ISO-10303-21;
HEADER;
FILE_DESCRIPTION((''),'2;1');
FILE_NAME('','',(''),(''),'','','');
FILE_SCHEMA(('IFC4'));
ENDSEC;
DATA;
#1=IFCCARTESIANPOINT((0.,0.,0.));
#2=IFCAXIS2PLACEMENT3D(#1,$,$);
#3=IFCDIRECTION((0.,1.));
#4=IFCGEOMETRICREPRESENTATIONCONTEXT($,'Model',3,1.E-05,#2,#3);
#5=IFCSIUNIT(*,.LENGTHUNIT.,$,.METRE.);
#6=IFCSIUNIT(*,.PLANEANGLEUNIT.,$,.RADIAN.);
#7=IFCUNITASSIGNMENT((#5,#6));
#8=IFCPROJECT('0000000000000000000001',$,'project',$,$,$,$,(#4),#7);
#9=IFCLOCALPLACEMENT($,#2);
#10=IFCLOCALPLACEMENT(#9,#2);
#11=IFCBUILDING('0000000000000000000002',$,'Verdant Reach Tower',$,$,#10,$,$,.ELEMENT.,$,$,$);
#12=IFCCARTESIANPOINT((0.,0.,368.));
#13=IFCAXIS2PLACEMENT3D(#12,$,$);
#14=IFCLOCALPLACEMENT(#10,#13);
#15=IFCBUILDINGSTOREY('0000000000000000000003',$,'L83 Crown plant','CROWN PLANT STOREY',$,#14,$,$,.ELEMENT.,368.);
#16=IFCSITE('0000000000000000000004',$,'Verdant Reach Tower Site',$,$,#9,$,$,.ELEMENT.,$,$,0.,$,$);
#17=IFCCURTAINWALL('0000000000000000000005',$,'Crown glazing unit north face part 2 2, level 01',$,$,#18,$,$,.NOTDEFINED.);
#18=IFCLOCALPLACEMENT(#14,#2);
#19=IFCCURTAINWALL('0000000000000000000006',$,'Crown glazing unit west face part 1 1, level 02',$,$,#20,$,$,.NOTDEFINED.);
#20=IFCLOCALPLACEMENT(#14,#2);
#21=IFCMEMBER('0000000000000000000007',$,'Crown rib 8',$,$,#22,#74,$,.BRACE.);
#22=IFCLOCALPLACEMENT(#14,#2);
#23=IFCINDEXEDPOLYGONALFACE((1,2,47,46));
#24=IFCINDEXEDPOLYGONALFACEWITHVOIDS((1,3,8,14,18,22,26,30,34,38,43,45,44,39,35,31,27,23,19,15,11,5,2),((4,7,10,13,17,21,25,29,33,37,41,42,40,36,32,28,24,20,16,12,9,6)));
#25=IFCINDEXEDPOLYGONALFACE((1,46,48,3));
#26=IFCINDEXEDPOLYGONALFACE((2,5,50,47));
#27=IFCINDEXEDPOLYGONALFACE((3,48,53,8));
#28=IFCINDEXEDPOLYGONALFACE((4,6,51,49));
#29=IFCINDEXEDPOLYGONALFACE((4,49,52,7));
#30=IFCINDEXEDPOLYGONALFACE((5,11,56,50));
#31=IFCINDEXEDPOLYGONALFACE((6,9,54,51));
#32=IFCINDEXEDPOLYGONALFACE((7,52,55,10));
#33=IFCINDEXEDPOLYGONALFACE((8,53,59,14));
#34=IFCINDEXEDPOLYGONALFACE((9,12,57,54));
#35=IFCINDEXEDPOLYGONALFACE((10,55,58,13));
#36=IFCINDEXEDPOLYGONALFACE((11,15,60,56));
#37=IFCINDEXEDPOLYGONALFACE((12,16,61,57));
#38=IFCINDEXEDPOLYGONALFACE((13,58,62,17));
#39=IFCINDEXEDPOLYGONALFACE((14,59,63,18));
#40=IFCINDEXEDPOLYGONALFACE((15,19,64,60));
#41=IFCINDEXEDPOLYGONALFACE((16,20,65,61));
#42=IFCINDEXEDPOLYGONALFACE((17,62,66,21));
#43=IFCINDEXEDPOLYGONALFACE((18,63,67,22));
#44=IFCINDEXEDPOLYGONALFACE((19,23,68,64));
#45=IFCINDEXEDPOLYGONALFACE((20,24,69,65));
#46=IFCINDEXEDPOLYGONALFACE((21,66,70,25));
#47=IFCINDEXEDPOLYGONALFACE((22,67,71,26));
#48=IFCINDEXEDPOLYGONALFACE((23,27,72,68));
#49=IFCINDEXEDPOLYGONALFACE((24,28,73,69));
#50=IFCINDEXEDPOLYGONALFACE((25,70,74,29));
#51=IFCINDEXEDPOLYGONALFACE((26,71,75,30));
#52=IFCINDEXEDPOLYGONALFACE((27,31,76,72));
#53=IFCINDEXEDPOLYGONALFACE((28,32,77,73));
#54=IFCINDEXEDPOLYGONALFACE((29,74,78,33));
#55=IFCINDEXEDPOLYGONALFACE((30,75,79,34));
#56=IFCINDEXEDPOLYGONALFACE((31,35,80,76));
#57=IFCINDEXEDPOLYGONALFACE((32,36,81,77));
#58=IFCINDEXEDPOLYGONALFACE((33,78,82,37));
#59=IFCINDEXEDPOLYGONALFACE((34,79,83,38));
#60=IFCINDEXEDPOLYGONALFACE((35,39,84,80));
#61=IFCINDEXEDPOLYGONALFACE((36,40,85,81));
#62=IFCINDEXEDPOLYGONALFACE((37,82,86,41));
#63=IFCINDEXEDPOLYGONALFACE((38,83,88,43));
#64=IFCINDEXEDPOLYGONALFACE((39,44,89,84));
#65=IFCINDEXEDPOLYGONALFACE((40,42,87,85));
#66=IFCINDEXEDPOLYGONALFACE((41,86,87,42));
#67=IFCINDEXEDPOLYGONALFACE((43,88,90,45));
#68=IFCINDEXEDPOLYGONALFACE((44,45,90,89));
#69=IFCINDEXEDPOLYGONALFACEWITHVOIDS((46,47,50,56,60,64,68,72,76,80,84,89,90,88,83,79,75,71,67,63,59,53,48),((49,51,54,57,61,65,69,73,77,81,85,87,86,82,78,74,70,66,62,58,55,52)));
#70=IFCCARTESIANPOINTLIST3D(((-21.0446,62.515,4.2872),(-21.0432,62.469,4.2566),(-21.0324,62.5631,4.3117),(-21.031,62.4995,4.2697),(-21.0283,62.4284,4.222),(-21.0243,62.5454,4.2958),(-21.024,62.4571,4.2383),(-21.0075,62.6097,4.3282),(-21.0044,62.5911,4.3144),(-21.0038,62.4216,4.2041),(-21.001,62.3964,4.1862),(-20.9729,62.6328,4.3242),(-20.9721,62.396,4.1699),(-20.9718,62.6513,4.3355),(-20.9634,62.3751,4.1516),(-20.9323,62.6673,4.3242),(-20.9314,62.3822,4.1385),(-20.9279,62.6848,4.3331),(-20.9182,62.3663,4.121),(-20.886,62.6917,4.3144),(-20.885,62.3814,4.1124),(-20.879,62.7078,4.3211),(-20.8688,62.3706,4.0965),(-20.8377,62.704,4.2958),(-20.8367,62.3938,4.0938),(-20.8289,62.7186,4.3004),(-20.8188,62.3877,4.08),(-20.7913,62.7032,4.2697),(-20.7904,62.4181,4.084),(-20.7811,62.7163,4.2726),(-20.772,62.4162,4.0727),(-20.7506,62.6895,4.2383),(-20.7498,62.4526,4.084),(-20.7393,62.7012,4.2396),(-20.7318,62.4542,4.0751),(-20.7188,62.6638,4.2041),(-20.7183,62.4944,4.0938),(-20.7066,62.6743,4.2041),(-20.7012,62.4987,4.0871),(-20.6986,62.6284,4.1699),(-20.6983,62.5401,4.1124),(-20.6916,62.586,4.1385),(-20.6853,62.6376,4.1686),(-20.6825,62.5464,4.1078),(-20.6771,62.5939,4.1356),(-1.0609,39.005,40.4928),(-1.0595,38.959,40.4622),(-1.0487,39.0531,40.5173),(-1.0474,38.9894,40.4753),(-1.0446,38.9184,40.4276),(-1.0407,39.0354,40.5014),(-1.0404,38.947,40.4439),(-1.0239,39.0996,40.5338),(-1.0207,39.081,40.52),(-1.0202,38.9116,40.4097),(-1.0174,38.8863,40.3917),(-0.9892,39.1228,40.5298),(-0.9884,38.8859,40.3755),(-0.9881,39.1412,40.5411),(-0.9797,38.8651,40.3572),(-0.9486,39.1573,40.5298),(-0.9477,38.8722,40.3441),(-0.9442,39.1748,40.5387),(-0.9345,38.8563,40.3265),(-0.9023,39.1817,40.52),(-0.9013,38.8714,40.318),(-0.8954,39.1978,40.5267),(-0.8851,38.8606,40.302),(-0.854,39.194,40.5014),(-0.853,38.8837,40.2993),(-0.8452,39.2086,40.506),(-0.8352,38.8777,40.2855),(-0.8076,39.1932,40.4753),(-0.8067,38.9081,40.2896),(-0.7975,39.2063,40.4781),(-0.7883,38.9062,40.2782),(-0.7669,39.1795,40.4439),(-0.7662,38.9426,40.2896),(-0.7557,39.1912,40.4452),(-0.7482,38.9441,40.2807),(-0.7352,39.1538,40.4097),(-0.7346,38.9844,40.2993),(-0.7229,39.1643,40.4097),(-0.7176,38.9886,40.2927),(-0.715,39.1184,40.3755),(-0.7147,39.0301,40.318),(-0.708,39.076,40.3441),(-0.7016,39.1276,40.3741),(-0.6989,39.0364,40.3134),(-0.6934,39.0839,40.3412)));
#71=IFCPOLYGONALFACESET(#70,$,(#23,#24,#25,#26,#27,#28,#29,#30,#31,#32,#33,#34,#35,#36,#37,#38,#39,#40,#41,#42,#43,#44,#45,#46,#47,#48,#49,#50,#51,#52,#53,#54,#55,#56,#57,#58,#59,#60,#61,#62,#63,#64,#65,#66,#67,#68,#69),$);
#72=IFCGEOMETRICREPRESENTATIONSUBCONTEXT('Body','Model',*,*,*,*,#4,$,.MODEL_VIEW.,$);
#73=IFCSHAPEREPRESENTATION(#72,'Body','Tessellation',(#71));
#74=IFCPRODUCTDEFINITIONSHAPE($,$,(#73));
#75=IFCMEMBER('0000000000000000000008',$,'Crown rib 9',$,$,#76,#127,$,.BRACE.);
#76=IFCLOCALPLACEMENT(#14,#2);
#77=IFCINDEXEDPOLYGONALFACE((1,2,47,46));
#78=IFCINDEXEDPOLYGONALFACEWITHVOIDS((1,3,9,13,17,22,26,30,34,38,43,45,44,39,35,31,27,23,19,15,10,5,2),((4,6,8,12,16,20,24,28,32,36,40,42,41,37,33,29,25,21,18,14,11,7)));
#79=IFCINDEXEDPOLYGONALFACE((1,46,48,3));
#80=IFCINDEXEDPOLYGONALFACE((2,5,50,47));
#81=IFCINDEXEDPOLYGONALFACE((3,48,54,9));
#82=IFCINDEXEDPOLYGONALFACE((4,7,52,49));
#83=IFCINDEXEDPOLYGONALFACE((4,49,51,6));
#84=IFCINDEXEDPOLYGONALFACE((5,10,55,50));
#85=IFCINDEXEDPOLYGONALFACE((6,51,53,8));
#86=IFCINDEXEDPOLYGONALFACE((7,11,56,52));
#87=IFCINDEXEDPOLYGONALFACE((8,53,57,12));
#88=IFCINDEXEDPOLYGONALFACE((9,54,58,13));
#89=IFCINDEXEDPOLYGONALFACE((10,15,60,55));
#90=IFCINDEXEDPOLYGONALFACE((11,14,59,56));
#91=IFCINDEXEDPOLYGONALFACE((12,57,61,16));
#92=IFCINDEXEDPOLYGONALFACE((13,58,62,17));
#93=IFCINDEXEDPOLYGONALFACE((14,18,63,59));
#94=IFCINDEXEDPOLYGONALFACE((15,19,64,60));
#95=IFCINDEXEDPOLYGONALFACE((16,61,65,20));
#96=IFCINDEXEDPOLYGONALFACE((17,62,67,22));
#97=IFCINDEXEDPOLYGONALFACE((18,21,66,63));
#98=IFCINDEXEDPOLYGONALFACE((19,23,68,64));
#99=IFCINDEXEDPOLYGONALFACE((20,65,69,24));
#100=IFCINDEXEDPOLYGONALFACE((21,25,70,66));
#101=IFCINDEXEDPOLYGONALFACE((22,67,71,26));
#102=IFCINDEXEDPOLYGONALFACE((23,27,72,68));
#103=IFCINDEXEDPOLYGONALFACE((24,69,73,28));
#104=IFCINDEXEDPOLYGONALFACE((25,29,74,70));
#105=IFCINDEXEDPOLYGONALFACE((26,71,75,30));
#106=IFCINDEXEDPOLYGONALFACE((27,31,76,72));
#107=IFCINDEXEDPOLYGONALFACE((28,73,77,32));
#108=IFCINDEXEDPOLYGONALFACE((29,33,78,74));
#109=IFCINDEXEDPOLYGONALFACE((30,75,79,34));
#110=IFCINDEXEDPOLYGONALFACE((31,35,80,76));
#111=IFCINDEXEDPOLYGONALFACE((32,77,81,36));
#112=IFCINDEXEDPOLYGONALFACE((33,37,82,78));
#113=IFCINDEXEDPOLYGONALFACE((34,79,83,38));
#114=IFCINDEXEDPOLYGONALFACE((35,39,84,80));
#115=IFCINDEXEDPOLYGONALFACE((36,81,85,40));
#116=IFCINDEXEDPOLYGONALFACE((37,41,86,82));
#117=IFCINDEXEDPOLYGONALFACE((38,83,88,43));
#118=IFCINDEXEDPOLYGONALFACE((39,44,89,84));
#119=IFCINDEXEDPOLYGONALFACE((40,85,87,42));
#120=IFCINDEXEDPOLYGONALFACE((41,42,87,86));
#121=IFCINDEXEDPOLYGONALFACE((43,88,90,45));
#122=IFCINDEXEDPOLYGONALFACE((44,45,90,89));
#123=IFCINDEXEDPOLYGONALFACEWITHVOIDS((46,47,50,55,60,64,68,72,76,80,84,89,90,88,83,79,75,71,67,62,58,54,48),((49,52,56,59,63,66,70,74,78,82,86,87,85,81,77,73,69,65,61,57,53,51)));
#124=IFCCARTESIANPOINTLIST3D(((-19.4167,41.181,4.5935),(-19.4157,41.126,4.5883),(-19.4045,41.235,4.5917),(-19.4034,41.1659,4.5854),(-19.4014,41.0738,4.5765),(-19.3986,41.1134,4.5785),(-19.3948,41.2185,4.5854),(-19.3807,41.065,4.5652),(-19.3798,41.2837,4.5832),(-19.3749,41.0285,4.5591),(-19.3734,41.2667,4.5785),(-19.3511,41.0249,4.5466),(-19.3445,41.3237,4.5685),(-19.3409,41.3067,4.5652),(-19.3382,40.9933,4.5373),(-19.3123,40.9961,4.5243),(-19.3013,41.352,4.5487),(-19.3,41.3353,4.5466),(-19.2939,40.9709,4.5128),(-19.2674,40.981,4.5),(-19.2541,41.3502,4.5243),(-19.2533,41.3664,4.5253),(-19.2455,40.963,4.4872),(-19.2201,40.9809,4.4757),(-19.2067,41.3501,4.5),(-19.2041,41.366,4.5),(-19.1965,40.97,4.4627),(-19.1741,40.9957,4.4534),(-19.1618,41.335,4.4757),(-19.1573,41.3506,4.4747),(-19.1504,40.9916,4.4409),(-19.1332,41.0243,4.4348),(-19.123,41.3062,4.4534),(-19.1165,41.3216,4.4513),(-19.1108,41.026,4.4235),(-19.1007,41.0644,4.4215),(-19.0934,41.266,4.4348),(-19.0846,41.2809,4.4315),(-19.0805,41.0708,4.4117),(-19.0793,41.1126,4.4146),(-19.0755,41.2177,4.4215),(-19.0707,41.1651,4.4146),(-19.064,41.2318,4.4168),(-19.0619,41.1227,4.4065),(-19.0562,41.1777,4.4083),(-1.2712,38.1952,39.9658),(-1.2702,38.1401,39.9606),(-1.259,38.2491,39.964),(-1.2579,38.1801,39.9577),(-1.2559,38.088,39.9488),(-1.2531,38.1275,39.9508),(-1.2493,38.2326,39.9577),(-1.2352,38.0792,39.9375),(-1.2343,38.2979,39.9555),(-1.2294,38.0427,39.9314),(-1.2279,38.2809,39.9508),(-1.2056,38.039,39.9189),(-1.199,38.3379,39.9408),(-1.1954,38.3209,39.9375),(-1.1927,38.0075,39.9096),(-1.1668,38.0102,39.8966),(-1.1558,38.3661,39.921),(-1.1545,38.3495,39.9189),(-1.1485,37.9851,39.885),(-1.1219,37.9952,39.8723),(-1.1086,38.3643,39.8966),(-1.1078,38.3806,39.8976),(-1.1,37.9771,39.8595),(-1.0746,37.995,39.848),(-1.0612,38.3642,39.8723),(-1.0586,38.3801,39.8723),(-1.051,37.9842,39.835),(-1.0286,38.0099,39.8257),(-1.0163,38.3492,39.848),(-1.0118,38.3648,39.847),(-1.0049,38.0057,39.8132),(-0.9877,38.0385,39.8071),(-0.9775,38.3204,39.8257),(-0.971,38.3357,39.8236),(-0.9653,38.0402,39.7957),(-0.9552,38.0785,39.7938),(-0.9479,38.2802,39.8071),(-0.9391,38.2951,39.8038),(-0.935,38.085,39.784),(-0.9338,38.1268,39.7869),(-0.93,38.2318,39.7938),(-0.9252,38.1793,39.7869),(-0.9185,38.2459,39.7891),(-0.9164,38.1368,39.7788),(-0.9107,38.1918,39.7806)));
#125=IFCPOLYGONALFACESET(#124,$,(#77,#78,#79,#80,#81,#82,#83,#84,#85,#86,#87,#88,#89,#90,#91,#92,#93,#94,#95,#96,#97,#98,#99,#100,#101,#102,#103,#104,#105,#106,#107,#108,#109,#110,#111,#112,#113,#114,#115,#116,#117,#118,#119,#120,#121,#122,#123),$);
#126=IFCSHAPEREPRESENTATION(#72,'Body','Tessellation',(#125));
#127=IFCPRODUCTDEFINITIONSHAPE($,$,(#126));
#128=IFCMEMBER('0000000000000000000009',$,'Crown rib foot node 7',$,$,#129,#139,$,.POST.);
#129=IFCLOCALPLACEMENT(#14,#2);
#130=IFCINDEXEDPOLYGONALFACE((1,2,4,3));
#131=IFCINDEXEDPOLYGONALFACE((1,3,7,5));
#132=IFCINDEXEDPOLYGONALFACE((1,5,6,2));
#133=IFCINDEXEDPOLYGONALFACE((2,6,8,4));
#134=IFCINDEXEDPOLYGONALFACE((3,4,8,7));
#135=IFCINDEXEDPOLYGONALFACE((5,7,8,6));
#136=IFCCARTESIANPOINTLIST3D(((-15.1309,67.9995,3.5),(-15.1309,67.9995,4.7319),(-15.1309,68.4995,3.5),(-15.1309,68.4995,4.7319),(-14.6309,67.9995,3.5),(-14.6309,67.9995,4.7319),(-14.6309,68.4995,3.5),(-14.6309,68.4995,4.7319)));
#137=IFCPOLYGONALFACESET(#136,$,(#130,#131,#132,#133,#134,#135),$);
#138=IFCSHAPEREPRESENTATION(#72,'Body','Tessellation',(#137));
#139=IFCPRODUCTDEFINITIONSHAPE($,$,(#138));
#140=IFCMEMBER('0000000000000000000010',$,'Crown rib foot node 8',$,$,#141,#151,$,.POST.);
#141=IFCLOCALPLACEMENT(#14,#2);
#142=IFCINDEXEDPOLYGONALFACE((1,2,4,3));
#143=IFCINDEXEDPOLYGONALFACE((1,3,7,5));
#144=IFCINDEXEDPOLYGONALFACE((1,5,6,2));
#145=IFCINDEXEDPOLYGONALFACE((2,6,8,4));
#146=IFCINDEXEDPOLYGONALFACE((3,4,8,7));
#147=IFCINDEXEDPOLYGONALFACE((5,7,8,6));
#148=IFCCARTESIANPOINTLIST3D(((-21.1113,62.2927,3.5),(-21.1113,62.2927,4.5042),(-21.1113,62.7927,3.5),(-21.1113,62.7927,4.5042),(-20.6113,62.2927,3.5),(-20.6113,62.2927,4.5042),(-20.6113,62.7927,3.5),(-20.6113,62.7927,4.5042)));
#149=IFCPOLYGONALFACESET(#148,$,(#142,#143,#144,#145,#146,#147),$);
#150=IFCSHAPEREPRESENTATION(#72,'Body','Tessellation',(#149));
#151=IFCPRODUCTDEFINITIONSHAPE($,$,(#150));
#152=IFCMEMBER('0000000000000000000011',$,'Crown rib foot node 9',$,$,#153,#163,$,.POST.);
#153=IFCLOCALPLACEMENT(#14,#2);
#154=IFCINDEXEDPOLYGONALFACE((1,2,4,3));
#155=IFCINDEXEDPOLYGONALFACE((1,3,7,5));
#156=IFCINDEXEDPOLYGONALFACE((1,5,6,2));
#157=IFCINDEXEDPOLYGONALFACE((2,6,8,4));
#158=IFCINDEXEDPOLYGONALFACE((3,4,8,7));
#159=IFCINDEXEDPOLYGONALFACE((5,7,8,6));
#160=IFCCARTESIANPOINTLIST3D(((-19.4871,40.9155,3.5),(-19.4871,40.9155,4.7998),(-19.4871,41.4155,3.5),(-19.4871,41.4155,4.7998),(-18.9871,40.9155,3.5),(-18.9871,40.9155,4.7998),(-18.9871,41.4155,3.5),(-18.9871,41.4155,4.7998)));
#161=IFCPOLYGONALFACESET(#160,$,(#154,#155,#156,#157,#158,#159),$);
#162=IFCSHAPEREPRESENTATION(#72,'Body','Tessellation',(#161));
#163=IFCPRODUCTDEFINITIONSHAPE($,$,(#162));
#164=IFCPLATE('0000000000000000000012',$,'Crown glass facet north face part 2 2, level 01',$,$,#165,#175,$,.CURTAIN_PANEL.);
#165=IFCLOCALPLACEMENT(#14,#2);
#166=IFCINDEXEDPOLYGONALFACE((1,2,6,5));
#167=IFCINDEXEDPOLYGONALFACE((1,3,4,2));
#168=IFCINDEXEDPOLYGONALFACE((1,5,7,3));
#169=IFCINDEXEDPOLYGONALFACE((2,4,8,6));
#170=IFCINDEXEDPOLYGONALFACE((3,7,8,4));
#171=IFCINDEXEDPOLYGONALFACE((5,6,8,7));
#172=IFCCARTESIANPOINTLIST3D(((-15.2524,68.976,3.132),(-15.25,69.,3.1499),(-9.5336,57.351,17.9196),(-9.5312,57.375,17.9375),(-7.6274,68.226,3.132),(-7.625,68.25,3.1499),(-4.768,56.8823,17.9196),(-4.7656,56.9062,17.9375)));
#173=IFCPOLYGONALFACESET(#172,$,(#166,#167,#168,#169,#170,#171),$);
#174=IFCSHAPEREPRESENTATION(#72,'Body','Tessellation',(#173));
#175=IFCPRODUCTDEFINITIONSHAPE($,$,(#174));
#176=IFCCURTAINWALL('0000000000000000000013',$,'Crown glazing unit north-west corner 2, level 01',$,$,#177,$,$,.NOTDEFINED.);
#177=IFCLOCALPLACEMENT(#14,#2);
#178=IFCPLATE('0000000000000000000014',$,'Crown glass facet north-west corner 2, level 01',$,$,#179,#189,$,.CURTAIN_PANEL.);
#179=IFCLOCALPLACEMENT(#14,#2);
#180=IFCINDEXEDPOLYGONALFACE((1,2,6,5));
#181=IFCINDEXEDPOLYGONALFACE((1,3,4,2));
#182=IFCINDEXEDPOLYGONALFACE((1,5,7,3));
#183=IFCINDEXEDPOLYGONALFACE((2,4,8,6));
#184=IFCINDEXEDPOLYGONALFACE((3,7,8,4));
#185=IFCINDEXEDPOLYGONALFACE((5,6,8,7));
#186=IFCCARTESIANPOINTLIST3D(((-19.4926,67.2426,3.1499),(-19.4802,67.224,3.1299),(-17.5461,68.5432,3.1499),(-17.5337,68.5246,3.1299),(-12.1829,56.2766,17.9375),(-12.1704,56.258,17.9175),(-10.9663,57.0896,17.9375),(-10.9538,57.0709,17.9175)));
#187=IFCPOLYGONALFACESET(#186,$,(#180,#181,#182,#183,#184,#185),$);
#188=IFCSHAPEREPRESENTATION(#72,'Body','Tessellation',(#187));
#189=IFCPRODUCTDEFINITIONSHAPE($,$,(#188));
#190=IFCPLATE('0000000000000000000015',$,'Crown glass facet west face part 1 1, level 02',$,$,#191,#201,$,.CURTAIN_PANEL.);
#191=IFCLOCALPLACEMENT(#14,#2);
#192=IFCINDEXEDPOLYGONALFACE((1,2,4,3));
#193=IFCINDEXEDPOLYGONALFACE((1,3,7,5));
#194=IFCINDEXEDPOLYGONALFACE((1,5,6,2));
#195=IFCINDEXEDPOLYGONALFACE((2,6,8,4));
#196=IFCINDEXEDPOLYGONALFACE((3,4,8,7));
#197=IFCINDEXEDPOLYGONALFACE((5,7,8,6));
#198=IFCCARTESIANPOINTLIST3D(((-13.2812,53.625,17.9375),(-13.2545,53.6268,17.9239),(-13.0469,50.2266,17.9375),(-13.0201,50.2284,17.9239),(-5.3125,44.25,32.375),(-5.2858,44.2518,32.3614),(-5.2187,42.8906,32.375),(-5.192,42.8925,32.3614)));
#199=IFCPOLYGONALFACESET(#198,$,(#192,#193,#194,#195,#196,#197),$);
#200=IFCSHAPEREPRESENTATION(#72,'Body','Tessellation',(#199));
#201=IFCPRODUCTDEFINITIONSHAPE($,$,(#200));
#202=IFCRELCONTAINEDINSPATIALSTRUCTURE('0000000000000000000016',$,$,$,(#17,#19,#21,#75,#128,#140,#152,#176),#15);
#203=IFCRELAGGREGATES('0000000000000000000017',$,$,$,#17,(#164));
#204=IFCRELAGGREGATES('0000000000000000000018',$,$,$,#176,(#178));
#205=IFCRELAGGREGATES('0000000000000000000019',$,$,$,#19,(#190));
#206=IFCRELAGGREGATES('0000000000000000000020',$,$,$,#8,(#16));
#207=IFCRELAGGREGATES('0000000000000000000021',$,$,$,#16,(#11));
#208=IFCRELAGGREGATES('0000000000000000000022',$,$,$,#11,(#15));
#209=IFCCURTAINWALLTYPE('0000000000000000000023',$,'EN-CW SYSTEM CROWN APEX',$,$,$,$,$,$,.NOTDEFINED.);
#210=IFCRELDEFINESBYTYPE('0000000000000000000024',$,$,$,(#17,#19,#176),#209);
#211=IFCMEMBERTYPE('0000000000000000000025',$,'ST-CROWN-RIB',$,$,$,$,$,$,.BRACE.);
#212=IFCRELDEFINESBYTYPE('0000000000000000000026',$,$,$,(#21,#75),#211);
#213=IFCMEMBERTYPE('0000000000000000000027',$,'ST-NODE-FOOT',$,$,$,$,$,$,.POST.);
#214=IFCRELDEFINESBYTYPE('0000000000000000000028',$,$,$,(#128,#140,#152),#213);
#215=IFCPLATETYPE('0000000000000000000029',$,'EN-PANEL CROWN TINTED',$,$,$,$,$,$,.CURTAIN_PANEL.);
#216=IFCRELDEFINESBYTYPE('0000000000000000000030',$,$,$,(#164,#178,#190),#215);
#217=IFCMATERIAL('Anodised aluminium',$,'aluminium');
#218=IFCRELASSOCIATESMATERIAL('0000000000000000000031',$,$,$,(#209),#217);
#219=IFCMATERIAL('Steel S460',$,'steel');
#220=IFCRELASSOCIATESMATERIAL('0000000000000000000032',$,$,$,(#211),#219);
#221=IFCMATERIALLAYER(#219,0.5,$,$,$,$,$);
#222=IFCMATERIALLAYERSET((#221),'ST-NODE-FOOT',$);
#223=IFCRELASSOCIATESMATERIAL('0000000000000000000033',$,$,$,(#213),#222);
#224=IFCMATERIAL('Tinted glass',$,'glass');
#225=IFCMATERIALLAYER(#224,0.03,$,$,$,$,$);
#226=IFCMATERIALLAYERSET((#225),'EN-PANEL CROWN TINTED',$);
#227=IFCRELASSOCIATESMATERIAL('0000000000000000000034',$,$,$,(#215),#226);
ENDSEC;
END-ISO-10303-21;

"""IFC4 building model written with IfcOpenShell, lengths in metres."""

from ifc_helpers import new_model, si_unit, direction, frame, origin, origin_2d, place, context, subcontext, project, spatial, polyline, rectangle, hollow_circle, outline, extrude, material, layer, layer_set, material_profile, profile_set, type_object, element, aggregate, save


model = new_model("IFC4")

# Units and contexts
model_context = context("Model", 3, precision=1e-05, world=origin(), true_north=direction((0.0, 1.0)))
body_context = subcontext(model_context, "Body", "Model", "MODEL_VIEW")
ifc_project = project(units=[si_unit("LENGTHUNIT", "METRE"), si_unit("PLANEANGLEUNIT", "RADIAN")], contexts=[model_context])

# Site, building, storey
site_placement = place(None, origin())
site = spatial("IfcSite", under=ifc_project, at=site_placement, Name="Verdant Reach Tower Site", CompositionType="ELEMENT", RefElevation=0.0)
building_placement = place(site_placement, origin())
building = spatial("IfcBuilding", under=site, at=building_placement, Name="Verdant Reach Tower", CompositionType="ELEMENT")
storey_placement = place(building_placement, frame((0.0, 0.0, 368.0)))
storey = spatial("IfcBuildingStorey", under=building, at=storey_placement, Name="L83 Crown plant", Description="CROWN PLANT STOREY", CompositionType="ELEMENT", Elevation=368.0)

# Curtain walls
ifc_material_1 = material(Name="Anodised aluminium", Category="aluminium")
curtain_wall_type = type_object("IfcCurtainWallType", Name="EN-CW SYSTEM CROWN APEX", PredefinedType="NOTDEFINED", material=ifc_material_1)
curtain_wall_1_placement = place(storey_placement, origin())
curtain_wall_1 = element("IfcCurtainWall", 1, at=curtain_wall_1_placement, inside=storey, type_object=curtain_wall_type, Name="Crown glazing unit north face part 2 2, level 01", PredefinedType="NOTDEFINED")
curtain_wall_2_placement = place(storey_placement, origin())
curtain_wall_2 = element("IfcCurtainWall", 2, at=curtain_wall_2_placement, inside=storey, type_object=curtain_wall_type, Name="Crown glazing unit west face part 1 1, level 02", PredefinedType="NOTDEFINED")

# Members
ifc_material_2 = material(Name="Steel S460", Category="steel")
ifc_material_profile_1 = material_profile(ifc_material_2, hollow_circle(Radius=0.2031, WallThickness=0.0161, at=origin_2d()), Name="CHS 406.4x16")
ifc_profile_set_1 = profile_set([ifc_material_profile_1], Name="Steel S460")
member_type_1 = type_object("IfcMemberType", Name="ST-CROWN-RIB", PredefinedType="BRACE", material=ifc_profile_set_1)
member_1_placement = place(storey_placement, frame((-20.8613, 62.5427, 4.2041), z_axis=(0.420089, -0.494219, 0.7611), x_axis=(0.761937, 0.647651, 0.0)))
element("IfcMember", 3, at=member_1_placement, inside=storey, type_object=member_type_1, Name="Crown rib 8", PredefinedType="BRACE", context=body_context, shape_type="SweptSolid", body=[
    extrude(hollow_circle(Radius=0.2031, WallThickness=0.0161, at=origin_2d()), origin(), (0.0, 0.0, 1.0), 47.5701),
])
member_2_placement = place(storey_placement, frame((-19.2371, 41.1655, 4.5), z_axis=(0.455151, -0.074895, 0.887259), x_axis=(0.162366, 0.986731, 0.0)))
element("IfcMember", 4, at=member_2_placement, inside=storey, type_object=member_type_1, Name="Crown rib 9", PredefinedType="BRACE", context=body_context, shape_type="SweptSolid", body=[
    extrude(hollow_circle(Radius=0.2031, WallThickness=0.0161, at=origin_2d()), origin(), (0.0, 0.0, 1.0), 39.8669),
])
ifc_layer_1 = layer(ifc_material_2, 0.5)
ifc_layer_set_1 = layer_set([ifc_layer_1], Name="ST-NODE-FOOT")
member_type_2 = type_object("IfcMemberType", Name="ST-NODE-FOOT", PredefinedType="POST", material=ifc_layer_set_1)
member_3_placement = place(storey_placement, frame((-14.8809, 68.2495, 3.5), z_axis=(0.0, 0.0, 1.0), x_axis=(1.0, 0.0, 0.0)))
element("IfcMember", 5, at=member_3_placement, inside=storey, type_object=member_type_2, Name="Crown rib foot node 7", PredefinedType="POST", context=body_context, shape_type="SweptSolid", body=[
    extrude(rectangle(XDim=0.5, YDim=0.5, at=origin_2d()), origin(), (0.0, 0.0, 1.0), 1.2319),
])
member_4_placement = place(storey_placement, frame((-20.8613, 62.5427, 3.5), z_axis=(0.0, 0.0, 1.0), x_axis=(1.0, 0.0, 0.0)))
element("IfcMember", 6, at=member_4_placement, inside=storey, type_object=member_type_2, Name="Crown rib foot node 8", PredefinedType="POST", context=body_context, shape_type="SweptSolid", body=[
    extrude(rectangle(XDim=0.5, YDim=0.5, at=origin_2d()), origin(), (0.0, 0.0, 1.0), 1.0042),
])
member_5_placement = place(storey_placement, frame((-19.2371, 41.1655, 3.5), z_axis=(0.0, 0.0, 1.0), x_axis=(1.0, 0.0, 0.0)))
element("IfcMember", 7, at=member_5_placement, inside=storey, type_object=member_type_2, Name="Crown rib foot node 9", PredefinedType="POST", context=body_context, shape_type="SweptSolid", body=[
    extrude(rectangle(XDim=0.5, YDim=0.5, at=origin_2d()), origin(), (0.0, 0.0, 1.0), 1.2998),
])

# Plate
ifc_material_3 = material(Name="Tinted glass", Category="glass")
ifc_layer_2 = layer(ifc_material_3, 0.03)
ifc_layer_set_2 = layer_set([ifc_layer_2], Name="EN-PANEL CROWN TINTED")
plate_type = type_object("IfcPlateType", Name="EN-PANEL CROWN TINTED", PredefinedType="CURTAIN_PANEL", material=ifc_layer_set_2)
plate_1_placement = place(storey_placement, frame((-7.625, 68.25, 3.1499), z_axis=(0.078517, 0.79826, 0.597173), x_axis=(-0.995197, 0.097888, 0.0)))
plate_1 = element("IfcPlate", 8, at=plate_1_placement, type_object=plate_type, Name="Crown glass facet north face part 2 2, level 01", PredefinedType="CURTAIN_PANEL", context=body_context, shape_type="SweptSolid", body=[
    extrude(outline(polyline([(0.0, 0.0), (7.6618, 0.0), (0.8326, 18.4358), (-3.9561, 18.4358), (0.0, 0.0)])), origin(), (0.0, 0.0, -1.0), 0.03),
])
aggregate(curtain_wall_1, [plate_1])

# Curtain wall, plate
curtain_wall_3_placement = place(storey_placement, origin())
curtain_wall_3 = element("IfcCurtainWall", 9, at=curtain_wall_3_placement, inside=storey, type_object=curtain_wall_type, Name="Crown glazing unit north-west corner 2, level 01", PredefinedType="NOTDEFINED")
plate_2_placement = place(storey_placement, frame((-17.5461, 68.5432, 3.1499), z_axis=(-0.414761, 0.620728, 0.665335), x_axis=(-0.831477, -0.55556, -0.000019)))
plate_2 = element("IfcPlate", 10, at=plate_2_placement, type_object=plate_type, Name="Crown glass facet north-west corner 2, level 01", PredefinedType="CURTAIN_PANEL", context=body_context, shape_type="SweptSolid", body=[
    extrude(outline(polyline([(0.0, 0.0), (2.341, 0.0), (2.3551, 19.8081), (0.8919, 19.808), (0.0, 0.0)])), origin(), (0.0, 0.0, -1.0), 0.03),
])
aggregate(curtain_wall_3, [plate_2])

# Plate
plate_3_placement = place(storey_placement, frame((-13.2812, 53.625, 17.9375), z_axis=(-0.890174, -0.061391, 0.451465), x_axis=(0.068802, -0.99763, 0.0)))
plate_3 = element("IfcPlate", 11, at=plate_3_placement, type_object=plate_type, Name="Crown glass facet west face part 1 1, level 02", PredefinedType="CURTAIN_PANEL", context=body_context, shape_type="SweptSolid", body=[
    extrude(outline(polyline([(0.0, 0.0), (3.4065, 0.0), (11.2637, 16.1803), (9.9011, 16.1803), (0.0, 0.0)])), origin(), (0.0, 0.0, -1.0), 0.03),
])
aggregate(curtain_wall_2, [plate_3])

save(model, "model.ifc")
